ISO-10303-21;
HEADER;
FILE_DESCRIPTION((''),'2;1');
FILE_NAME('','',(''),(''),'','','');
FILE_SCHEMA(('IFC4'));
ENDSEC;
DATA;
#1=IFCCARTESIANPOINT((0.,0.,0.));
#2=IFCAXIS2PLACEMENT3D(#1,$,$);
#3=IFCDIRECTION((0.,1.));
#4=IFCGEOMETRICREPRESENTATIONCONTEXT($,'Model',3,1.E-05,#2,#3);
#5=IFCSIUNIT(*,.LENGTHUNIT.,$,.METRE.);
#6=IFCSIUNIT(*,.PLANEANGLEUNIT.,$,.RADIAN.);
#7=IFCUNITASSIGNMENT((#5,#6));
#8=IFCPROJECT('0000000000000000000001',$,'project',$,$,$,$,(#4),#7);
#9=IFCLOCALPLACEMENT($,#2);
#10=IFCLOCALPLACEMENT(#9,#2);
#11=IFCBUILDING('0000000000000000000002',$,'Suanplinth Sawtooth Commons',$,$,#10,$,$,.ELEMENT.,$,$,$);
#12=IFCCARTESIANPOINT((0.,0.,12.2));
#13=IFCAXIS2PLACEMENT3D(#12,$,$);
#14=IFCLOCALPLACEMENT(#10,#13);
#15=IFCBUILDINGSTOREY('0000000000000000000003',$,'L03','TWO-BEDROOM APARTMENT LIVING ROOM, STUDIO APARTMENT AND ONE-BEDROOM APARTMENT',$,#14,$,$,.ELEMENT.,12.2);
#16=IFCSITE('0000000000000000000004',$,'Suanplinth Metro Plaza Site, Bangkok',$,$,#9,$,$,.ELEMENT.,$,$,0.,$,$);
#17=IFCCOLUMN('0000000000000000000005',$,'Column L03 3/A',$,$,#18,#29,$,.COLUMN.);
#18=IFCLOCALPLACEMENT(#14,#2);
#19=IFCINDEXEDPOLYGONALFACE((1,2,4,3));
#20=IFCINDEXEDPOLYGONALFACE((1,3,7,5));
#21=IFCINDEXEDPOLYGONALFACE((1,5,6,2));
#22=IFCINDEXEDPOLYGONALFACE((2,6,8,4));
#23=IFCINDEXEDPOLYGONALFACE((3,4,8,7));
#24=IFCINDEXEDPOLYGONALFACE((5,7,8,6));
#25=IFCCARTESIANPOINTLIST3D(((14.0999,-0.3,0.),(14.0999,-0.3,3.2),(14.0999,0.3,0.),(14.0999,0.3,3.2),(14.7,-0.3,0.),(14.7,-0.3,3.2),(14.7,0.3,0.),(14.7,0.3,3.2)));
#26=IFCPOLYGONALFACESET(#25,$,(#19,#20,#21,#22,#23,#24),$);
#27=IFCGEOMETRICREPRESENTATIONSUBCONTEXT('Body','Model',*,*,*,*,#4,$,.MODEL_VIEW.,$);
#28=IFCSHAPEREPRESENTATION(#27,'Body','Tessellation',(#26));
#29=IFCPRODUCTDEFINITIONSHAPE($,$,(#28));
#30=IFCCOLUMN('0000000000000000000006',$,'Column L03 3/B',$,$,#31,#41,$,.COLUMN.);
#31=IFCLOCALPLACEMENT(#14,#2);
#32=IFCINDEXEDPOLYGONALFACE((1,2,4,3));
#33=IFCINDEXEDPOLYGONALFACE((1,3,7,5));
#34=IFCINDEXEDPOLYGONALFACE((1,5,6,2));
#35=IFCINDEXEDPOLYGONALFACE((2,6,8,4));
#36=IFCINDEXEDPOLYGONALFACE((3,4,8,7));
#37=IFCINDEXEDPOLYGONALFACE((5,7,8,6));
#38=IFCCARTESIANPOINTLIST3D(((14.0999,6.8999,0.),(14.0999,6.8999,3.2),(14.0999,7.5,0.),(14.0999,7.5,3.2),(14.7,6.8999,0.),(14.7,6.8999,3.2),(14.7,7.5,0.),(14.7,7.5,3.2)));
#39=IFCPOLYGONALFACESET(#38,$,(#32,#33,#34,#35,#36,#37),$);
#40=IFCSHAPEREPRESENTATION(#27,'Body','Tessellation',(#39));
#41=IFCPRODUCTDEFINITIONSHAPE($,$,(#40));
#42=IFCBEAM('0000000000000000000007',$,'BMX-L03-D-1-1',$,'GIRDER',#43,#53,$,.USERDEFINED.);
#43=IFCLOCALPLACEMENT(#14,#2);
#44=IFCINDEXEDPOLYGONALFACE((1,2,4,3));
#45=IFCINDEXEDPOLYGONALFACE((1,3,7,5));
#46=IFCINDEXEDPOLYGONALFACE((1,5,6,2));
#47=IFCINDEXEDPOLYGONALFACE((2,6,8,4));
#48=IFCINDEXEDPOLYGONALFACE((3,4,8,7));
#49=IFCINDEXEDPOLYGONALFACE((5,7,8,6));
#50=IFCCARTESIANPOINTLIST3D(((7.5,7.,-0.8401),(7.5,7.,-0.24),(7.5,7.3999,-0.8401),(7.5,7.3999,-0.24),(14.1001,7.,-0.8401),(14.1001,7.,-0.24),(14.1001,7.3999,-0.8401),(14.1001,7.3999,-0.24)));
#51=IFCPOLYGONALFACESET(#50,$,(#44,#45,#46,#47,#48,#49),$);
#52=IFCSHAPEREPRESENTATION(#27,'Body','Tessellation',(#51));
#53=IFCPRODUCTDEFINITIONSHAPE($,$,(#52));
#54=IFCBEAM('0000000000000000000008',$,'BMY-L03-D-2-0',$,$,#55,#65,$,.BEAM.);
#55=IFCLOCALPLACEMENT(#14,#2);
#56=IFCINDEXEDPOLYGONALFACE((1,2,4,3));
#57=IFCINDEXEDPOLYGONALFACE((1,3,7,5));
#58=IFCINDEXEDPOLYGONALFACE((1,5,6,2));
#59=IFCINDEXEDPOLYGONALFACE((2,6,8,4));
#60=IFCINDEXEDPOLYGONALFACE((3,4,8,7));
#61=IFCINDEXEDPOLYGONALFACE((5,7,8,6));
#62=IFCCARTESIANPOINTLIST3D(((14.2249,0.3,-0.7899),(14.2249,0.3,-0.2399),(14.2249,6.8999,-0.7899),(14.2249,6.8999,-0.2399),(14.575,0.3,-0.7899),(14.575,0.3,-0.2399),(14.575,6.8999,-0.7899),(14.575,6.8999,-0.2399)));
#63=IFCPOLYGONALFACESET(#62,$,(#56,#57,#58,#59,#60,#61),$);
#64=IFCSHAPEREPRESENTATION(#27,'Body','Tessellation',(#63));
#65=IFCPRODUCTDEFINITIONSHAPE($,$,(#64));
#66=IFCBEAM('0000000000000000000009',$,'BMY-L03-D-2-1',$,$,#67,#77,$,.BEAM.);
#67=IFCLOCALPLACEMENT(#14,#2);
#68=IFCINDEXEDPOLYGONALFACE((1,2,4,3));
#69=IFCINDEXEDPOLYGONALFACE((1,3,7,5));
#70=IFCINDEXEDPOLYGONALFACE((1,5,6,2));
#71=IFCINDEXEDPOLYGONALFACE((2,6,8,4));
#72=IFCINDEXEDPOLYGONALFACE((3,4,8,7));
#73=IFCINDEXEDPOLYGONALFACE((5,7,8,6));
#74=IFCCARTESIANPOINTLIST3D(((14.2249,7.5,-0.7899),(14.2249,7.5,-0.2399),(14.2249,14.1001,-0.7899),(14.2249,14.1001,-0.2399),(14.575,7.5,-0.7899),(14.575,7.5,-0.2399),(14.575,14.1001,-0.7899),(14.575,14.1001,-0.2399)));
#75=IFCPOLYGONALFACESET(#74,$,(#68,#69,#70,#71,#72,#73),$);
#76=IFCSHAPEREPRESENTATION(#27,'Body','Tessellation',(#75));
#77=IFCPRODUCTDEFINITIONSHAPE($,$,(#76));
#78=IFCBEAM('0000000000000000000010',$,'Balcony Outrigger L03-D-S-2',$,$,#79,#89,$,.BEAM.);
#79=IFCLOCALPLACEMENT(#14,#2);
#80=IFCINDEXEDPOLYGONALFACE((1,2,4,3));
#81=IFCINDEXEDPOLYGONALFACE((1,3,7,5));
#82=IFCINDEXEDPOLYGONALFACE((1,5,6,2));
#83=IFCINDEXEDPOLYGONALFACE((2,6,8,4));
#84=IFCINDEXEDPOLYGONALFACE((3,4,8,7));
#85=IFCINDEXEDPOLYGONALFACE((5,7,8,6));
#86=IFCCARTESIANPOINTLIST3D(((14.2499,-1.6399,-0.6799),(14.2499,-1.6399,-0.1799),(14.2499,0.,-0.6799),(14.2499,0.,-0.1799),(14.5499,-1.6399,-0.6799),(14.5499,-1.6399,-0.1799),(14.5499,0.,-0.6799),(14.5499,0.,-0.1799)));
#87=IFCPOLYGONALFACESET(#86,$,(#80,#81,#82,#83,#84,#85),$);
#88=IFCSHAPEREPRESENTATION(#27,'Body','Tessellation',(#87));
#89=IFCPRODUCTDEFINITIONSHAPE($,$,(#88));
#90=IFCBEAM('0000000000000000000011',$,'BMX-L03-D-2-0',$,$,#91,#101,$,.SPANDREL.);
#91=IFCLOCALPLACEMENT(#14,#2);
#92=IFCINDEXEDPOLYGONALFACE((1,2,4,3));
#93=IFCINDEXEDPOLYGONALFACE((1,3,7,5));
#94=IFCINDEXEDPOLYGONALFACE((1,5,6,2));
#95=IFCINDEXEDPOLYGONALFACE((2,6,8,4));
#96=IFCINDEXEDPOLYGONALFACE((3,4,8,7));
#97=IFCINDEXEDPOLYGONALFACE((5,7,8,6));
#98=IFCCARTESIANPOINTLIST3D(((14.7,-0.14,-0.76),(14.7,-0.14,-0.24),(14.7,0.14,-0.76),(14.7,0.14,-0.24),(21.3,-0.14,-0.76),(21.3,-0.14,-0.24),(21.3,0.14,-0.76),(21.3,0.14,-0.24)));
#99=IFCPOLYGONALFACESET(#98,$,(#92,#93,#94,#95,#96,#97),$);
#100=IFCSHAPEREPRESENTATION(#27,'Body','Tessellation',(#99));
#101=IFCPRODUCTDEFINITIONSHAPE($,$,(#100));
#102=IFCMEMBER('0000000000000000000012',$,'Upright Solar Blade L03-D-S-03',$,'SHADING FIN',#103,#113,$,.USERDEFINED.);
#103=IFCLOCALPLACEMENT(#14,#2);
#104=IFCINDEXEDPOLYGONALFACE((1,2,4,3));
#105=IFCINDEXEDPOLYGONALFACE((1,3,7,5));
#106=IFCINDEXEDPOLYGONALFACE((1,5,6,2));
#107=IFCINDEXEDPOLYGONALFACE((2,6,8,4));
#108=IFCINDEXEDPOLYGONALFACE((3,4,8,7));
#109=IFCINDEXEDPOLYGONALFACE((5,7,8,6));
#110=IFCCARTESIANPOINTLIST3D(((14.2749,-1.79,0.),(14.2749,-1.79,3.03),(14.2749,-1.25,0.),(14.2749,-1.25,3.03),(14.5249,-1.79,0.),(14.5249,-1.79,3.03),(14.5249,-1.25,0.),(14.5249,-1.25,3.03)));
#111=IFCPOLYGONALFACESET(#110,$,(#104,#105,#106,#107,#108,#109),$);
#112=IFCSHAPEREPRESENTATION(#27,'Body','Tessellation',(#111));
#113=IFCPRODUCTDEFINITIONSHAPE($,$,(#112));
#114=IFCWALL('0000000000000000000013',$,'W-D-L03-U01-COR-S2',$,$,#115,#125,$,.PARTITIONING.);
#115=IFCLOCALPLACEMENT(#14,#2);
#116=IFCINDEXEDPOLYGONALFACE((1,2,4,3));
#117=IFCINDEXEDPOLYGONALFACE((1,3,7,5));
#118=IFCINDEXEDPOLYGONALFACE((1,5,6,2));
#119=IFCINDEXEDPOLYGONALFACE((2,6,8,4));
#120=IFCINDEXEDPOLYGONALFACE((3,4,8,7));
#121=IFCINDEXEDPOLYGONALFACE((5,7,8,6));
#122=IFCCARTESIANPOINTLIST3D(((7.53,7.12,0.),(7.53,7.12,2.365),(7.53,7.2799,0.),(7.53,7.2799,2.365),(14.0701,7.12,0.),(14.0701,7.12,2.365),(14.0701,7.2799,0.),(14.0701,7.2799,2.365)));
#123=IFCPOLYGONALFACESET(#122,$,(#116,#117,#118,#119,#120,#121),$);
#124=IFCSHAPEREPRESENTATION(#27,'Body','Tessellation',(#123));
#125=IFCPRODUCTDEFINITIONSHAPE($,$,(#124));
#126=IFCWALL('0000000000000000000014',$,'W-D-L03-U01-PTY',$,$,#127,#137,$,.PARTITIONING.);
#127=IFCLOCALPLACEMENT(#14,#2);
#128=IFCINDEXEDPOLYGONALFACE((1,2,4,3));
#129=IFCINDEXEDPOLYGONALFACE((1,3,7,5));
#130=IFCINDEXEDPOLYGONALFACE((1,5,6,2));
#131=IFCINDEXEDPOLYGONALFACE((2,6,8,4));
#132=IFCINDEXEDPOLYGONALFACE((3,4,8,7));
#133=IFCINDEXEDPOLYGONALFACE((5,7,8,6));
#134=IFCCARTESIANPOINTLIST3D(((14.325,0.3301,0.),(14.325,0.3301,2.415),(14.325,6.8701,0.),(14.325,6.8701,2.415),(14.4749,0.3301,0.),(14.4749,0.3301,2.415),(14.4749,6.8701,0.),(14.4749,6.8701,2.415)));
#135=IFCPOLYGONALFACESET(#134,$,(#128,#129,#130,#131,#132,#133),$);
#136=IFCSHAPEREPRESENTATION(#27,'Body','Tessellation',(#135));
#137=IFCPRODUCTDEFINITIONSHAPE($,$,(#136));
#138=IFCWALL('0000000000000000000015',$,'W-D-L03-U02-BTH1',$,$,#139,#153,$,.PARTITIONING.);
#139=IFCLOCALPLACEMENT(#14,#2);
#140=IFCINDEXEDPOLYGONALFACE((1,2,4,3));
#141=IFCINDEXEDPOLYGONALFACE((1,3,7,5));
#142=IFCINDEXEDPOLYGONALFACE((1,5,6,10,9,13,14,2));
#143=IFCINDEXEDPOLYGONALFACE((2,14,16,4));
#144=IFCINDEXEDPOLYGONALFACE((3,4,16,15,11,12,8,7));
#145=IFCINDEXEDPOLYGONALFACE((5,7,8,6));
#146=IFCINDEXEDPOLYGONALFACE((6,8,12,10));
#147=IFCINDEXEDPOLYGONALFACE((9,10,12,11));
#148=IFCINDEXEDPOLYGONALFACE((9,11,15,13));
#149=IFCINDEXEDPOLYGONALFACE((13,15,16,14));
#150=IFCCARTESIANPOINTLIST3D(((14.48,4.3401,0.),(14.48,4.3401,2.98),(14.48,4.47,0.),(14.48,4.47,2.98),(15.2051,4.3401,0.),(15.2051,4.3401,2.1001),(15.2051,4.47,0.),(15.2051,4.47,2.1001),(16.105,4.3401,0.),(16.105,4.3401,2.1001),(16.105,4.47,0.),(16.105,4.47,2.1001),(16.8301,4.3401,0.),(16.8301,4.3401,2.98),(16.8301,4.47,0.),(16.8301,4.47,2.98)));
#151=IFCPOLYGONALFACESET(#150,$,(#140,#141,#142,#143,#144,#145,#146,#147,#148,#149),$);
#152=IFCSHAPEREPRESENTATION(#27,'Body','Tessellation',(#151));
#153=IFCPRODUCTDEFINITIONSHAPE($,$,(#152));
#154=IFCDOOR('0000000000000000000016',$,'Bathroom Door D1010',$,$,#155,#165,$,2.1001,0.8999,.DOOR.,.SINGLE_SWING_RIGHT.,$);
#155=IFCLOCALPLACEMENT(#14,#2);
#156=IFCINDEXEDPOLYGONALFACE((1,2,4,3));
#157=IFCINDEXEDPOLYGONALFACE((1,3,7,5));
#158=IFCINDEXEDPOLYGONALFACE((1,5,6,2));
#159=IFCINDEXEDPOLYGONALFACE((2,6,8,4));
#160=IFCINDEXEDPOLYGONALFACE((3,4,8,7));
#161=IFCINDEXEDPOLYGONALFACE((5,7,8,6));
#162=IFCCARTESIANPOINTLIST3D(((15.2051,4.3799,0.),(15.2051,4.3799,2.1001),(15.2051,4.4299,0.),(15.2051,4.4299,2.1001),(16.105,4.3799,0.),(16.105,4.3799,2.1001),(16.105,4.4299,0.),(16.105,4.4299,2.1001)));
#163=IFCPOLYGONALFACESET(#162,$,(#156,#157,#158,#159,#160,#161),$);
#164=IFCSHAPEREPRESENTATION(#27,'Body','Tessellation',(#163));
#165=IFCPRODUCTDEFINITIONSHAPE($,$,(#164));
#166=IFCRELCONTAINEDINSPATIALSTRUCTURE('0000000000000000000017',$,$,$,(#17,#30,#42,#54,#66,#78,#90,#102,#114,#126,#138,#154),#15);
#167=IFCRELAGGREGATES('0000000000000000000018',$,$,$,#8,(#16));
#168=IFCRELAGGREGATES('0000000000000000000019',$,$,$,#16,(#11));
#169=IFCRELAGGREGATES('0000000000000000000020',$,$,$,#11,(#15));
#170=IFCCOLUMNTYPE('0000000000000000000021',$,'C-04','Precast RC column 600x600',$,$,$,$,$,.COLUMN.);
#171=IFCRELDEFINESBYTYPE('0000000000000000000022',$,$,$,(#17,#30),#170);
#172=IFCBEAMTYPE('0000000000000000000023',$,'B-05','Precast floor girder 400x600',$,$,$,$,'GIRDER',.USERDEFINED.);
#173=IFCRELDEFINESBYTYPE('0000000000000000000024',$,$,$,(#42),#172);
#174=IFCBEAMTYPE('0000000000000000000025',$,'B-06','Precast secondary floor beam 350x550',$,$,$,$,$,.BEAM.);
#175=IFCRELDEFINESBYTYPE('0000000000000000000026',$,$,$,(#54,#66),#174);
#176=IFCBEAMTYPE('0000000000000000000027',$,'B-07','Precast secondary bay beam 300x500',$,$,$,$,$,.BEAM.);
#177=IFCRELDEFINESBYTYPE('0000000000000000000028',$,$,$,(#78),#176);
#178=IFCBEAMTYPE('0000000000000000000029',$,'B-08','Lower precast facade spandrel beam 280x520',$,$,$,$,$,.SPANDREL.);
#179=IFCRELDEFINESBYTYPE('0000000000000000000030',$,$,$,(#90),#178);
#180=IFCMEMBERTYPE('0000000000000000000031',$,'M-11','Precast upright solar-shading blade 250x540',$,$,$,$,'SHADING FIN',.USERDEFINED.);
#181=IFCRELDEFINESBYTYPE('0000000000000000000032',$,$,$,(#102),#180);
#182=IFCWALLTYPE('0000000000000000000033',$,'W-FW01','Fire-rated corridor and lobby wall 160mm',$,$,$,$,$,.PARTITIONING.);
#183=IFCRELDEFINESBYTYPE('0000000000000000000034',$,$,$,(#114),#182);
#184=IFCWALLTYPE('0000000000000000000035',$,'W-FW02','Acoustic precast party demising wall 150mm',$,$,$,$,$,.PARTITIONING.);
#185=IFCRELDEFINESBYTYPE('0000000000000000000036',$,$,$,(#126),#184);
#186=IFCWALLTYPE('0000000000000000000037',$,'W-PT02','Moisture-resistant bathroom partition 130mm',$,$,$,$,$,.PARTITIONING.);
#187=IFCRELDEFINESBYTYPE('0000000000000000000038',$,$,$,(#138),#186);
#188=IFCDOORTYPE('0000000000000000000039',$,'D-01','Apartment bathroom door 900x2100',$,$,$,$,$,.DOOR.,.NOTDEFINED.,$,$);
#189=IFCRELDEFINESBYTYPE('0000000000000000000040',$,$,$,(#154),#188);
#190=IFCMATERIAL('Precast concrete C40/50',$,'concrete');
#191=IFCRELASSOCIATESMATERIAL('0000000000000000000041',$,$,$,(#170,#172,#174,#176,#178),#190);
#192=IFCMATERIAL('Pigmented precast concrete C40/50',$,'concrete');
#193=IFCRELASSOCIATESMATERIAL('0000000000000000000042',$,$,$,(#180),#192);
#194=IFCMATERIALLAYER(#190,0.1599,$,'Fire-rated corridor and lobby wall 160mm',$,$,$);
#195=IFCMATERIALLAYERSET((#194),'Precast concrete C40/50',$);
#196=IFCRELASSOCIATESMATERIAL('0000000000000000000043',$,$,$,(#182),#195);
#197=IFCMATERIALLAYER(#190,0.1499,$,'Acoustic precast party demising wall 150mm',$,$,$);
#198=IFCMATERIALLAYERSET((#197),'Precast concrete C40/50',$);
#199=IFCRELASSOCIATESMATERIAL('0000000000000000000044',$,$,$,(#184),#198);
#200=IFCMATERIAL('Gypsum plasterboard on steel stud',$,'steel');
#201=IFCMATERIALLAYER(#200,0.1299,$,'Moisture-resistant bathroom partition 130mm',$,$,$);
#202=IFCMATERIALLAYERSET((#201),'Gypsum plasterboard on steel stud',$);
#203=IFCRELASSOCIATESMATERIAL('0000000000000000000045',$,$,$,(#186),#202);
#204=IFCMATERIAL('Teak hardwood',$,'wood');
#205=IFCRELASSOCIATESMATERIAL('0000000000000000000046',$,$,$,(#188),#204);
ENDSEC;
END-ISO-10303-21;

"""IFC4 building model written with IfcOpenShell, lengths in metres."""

from ifc_helpers import new_model, si_unit, direction, frame, frame_2d, origin, origin_2d, place, context, subcontext, project, spatial, rectangle, extrude, material, layer, layer_set, material_profile, profile_set, type_object, element, fill, save


model = new_model("IFC4")

# Units and contexts
model_context = context("Model", 3, precision=1e-05, world=origin(), true_north=direction((0.0, 1.0)))
body_context = subcontext(model_context, "Body", "Model", "MODEL_VIEW")
ifc_project = project(units=[si_unit("LENGTHUNIT", "METRE"), si_unit("PLANEANGLEUNIT", "RADIAN")], contexts=[model_context])

# Site, building, storey
site_placement = place(None, origin())
site = spatial("IfcSite", under=ifc_project, at=site_placement, Name="Suanplinth Metro Plaza Site, Bangkok", CompositionType="ELEMENT", RefElevation=0.0)
building_placement = place(site_placement, origin())
building = spatial("IfcBuilding", under=site, at=building_placement, Name="Suanplinth Sawtooth Commons", CompositionType="ELEMENT")
storey_placement = place(building_placement, frame((0.0, 0.0, 12.2)))
storey = spatial("IfcBuildingStorey", under=building, at=storey_placement, Name="L03", Description="TWO-BEDROOM APARTMENT LIVING ROOM, STUDIO APARTMENT AND ONE-BEDROOM APARTMENT", CompositionType="ELEMENT", Elevation=12.2)

# Columns
ifc_material_1 = material(Name="Precast concrete C40/50", Category="concrete")
ifc_material_profile_1 = material_profile(ifc_material_1, rectangle(XDim=0.6001, YDim=0.6001, at=origin_2d()), Name="PC-COL 600x600")
ifc_profile_set_1 = profile_set([ifc_material_profile_1], Name="Precast concrete C40/50")
column_type = type_object("IfcColumnType", Name="C-04", Description="Precast RC column 600x600", PredefinedType="COLUMN", material=ifc_profile_set_1)
for number, where, z_axis, x_axis, name in (
    (1, (14.3999, 0.0, 0.0), (0.0, 0.0, 1.0), (1.0, 0.0, 0.0), "Column L03 3/A"),
    (2, (14.3999, 7.2, 0.0), (0.0, 0.0, 1.0), (1.0, 0.0, 0.0), "Column L03 3/B"),
):
    element("IfcColumn", number, at=place(storey_placement, frame(where, z_axis=z_axis, x_axis=x_axis)), inside=storey, type_object=column_type, Name=name, PredefinedType="COLUMN", context=body_context, shape_type="SweptSolid", body=[
        extrude(rectangle(XDim=0.6001, YDim=0.6001, at=origin_2d()), origin(), (0.0, 0.0, 1.0), 3.2),
    ])

# Beams
ifc_material_profile_2 = material_profile(ifc_material_1, rectangle(XDim=0.3999, YDim=0.6001, at=origin_2d()), Name="PC-GDR 400x600")
ifc_profile_set_2 = profile_set([ifc_material_profile_2], Name="Precast concrete C40/50")
beam_type_1 = type_object("IfcBeamType", Name="B-05", Description="Precast floor girder 400x600", ElementType="GIRDER", PredefinedType="USERDEFINED", material=ifc_profile_set_2)
beam_1_placement = place(storey_placement, frame((7.5, 7.2, -0.54), z_axis=(1.0, 0.0, 0.0), x_axis=(0.0, 1.0, 0.0)))
element("IfcBeam", 3, at=beam_1_placement, inside=storey, type_object=beam_type_1, Name="BMX-L03-D-1-1", ObjectType="GIRDER", PredefinedType="USERDEFINED", context=body_context, shape_type="SweptSolid", body=[
    extrude(rectangle(XDim=0.3999, YDim=0.6001, at=origin_2d()), origin(), (0.0, 0.0, 1.0), 6.6001),
])
ifc_material_profile_3 = material_profile(ifc_material_1, rectangle(XDim=0.3501, YDim=0.55, at=origin_2d()), Name="PC-BM 350x550")
ifc_profile_set_3 = profile_set([ifc_material_profile_3], Name="Precast concrete C40/50")
beam_type_2 = type_object("IfcBeamType", Name="B-06", Description="Precast secondary floor beam 350x550", PredefinedType="BEAM", material=ifc_profile_set_3)
beam_2_placement = place(storey_placement, frame((14.3999, 0.3, -0.5149), z_axis=(0.0, 1.0, 0.0), x_axis=(-1.0, 0.0, 0.0)))
element("IfcBeam", 4, at=beam_2_placement, inside=storey, type_object=beam_type_2, Name="BMY-L03-D-2-0", PredefinedType="BEAM", context=body_context, shape_type="SweptSolid", body=[
    extrude(rectangle(XDim=0.3501, YDim=0.55, at=origin_2d()), origin(), (0.0, 0.0, 1.0), 6.5999),
])
beam_3_placement = place(storey_placement, frame((14.3999, 7.5, -0.5149), z_axis=(0.0, 1.0, 0.0), x_axis=(-1.0, 0.0, 0.0)))
element("IfcBeam", 5, at=beam_3_placement, inside=storey, type_object=beam_type_2, Name="BMY-L03-D-2-1", PredefinedType="BEAM", context=body_context, shape_type="SweptSolid", body=[
    extrude(rectangle(XDim=0.3501, YDim=0.55, at=origin_2d()), origin(), (0.0, 0.0, 1.0), 6.6001),
])
ifc_material_profile_4 = material_profile(ifc_material_1, rectangle(XDim=0.3, YDim=0.5, at=origin_2d()), Name="PC-BM 300x500")
ifc_profile_set_4 = profile_set([ifc_material_profile_4], Name="Precast concrete C40/50")
beam_type_3 = type_object("IfcBeamType", Name="B-07", Description="Precast secondary bay beam 300x500", PredefinedType="BEAM", material=ifc_profile_set_4)
beam_4_placement = place(storey_placement, frame((14.3999, 0.0, -0.4299), z_axis=(0.0, -1.0, 0.0), x_axis=(1.0, 0.0, 0.0)))
element("IfcBeam", 6, at=beam_4_placement, inside=storey, type_object=beam_type_3, Name="Balcony Outrigger L03-D-S-2", PredefinedType="BEAM", context=body_context, shape_type="SweptSolid", body=[
    extrude(rectangle(XDim=0.3, YDim=0.5, at=origin_2d()), origin(), (0.0, 0.0, 1.0), 1.6399),
])
ifc_material_profile_5 = material_profile(ifc_material_1, rectangle(XDim=0.28, YDim=0.52, at=origin_2d()), Name="PC-SP 280x520")
ifc_profile_set_5 = profile_set([ifc_material_profile_5], Name="Precast concrete C40/50")
beam_type_4 = type_object("IfcBeamType", Name="B-08", Description="Lower precast facade spandrel beam 280x520", PredefinedType="SPANDREL", material=ifc_profile_set_5)
beam_5_placement = place(storey_placement, frame((14.7, 0.0, -0.5), z_axis=(1.0, 0.0, 0.0), x_axis=(0.0, 1.0, 0.0)))
element("IfcBeam", 7, at=beam_5_placement, inside=storey, type_object=beam_type_4, Name="BMX-L03-D-2-0", PredefinedType="SPANDREL", context=body_context, shape_type="SweptSolid", body=[
    extrude(rectangle(XDim=0.28, YDim=0.52, at=origin_2d()), origin(), (0.0, 0.0, 1.0), 6.6001),
])

# Member
ifc_material_2 = material(Name="Pigmented precast concrete C40/50", Category="concrete")
ifc_material_profile_6 = material_profile(ifc_material_2, rectangle(XDim=0.25, YDim=0.54, at=origin_2d()), Name="PC-FIN 250x540")
ifc_profile_set_6 = profile_set([ifc_material_profile_6], Name="Pigmented precast concrete C40/50")
member_type = type_object("IfcMemberType", Name="M-11", Description="Precast upright solar-shading blade 250x540", ElementType="SHADING FIN", PredefinedType="USERDEFINED", material=ifc_profile_set_6)
member_placement = place(storey_placement, frame((14.3999, -1.52, 0.0), z_axis=(0.0, 0.0, 1.0), x_axis=(1.0, 0.0, 0.0)))
element("IfcMember", 8, at=member_placement, inside=storey, type_object=member_type, Name="Upright Solar Blade L03-D-S-03", ObjectType="SHADING FIN", PredefinedType="USERDEFINED", context=body_context, shape_type="SweptSolid", body=[
    extrude(rectangle(XDim=0.25, YDim=0.54, at=origin_2d()), origin(), (0.0, 0.0, 1.0), 3.03),
])

# Walls
ifc_layer_1 = layer(ifc_material_1, 0.1599, Name="Fire-rated corridor and lobby wall 160mm")
ifc_layer_set_1 = layer_set([ifc_layer_1], Name="Precast concrete C40/50")
wall_type_1 = type_object("IfcWallType", Name="W-FW01", Description="Fire-rated corridor and lobby wall 160mm", PredefinedType="PARTITIONING", material=ifc_layer_set_1)
wall_1_placement = place(storey_placement, frame((7.53, 7.2, 0.0), z_axis=(0.0, 0.0, 1.0), x_axis=(1.0, 0.0, 0.0)))
element("IfcWall", 9, at=wall_1_placement, inside=storey, type_object=wall_type_1, Name="W-D-L03-U01-COR-S2", PredefinedType="PARTITIONING", context=body_context, shape_type="SweptSolid", body=[
    extrude(rectangle(XDim=6.54, YDim=0.1599, at=frame_2d((3.27, 0.0))), origin(), (0.0, 0.0, 1.0), 2.365),
])
ifc_layer_2 = layer(ifc_material_1, 0.1499, Name="Acoustic precast party demising wall 150mm")
ifc_layer_set_2 = layer_set([ifc_layer_2], Name="Precast concrete C40/50")
wall_type_2 = type_object("IfcWallType", Name="W-FW02", Description="Acoustic precast party demising wall 150mm", PredefinedType="PARTITIONING", material=ifc_layer_set_2)
wall_2_placement = place(storey_placement, frame((14.3999, 0.3301, 0.0), z_axis=(0.0, 0.0, 1.0), x_axis=(0.0, 1.0, 0.0)))
element("IfcWall", 10, at=wall_2_placement, inside=storey, type_object=wall_type_2, Name="W-D-L03-U01-PTY", PredefinedType="PARTITIONING", context=body_context, shape_type="SweptSolid", body=[
    extrude(rectangle(XDim=6.54, YDim=0.1499, at=frame_2d((3.27, 0.0))), origin(), (0.0, 0.0, 1.0), 2.415),
])

# Wall, opening, door
ifc_material_3 = material(Name="Gypsum plasterboard on steel stud", Category="steel")
ifc_layer_3 = layer(ifc_material_3, 0.1299, Name="Moisture-resistant bathroom partition 130mm")
ifc_layer_set_3 = layer_set([ifc_layer_3], Name="Gypsum plasterboard on steel stud")
wall_type_3 = type_object("IfcWallType", Name="W-PT02", Description="Moisture-resistant bathroom partition 130mm", PredefinedType="PARTITIONING", material=ifc_layer_set_3)
wall_3_placement = place(storey_placement, frame((14.48, 4.405, 0.0), z_axis=(0.0, 0.0, 1.0), x_axis=(1.0, 0.0, 0.0)))
wall_3 = element("IfcWall", 11, at=wall_3_placement, inside=storey, type_object=wall_type_3, Name="W-D-L03-U02-BTH1", PredefinedType="PARTITIONING", context=body_context, shape_type="SweptSolid", body=[
    extrude(rectangle(XDim=2.3501, YDim=0.1299, at=frame_2d((1.175, 0.0))), origin(), (0.0, 0.0, 1.0), 2.98),
])
opening_1_placement = place(wall_3_placement, frame((0.7251, 0.0, 0.0)))
opening_1 = element("IfcOpeningElement", 12, at=opening_1_placement, cuts=wall_3, PredefinedType="OPENING", context=body_context, shape_type="SweptSolid", body=[
    extrude(rectangle(XDim=0.8999, YDim=2.1001, at=frame_2d((0.45, 1.05))), frame((0.0, 0.0798, 0.0), z_axis=(0.0, -1.0, 0.0), x_axis=(1.0, 0.0, 0.0)), (0.0, 0.0, 1.0), 0.1597),
])
ifc_material_4 = material(Name="Teak hardwood", Category="wood")
door_type_1 = type_object("IfcDoorType", Name="D-01", Description="Apartment bathroom door 900x2100", OperationType="NOTDEFINED", PredefinedType="DOOR", material=ifc_material_4)
door_1_placement = place(opening_1_placement, origin())
door_1 = element("IfcDoor", 13, at=door_1_placement, inside=storey, type_object=door_type_1, Name="Bathroom Door D1010", OperationType="SINGLE_SWING_RIGHT", OverallHeight=2.1001, OverallWidth=0.8999, PredefinedType="DOOR", context=body_context, shape_type="SweptSolid", body=[
    extrude(rectangle(XDim=0.8999, YDim=2.1001, at=frame_2d((0.45, 1.05))), frame((0.0, 0.0249, 0.0), z_axis=(0.0, -1.0, 0.0), x_axis=(1.0, 0.0, 0.0)), (0.0, 0.0, 1.0), 0.05),
])
fill(opening_1, door_1)

save(model, "model.ifc")
